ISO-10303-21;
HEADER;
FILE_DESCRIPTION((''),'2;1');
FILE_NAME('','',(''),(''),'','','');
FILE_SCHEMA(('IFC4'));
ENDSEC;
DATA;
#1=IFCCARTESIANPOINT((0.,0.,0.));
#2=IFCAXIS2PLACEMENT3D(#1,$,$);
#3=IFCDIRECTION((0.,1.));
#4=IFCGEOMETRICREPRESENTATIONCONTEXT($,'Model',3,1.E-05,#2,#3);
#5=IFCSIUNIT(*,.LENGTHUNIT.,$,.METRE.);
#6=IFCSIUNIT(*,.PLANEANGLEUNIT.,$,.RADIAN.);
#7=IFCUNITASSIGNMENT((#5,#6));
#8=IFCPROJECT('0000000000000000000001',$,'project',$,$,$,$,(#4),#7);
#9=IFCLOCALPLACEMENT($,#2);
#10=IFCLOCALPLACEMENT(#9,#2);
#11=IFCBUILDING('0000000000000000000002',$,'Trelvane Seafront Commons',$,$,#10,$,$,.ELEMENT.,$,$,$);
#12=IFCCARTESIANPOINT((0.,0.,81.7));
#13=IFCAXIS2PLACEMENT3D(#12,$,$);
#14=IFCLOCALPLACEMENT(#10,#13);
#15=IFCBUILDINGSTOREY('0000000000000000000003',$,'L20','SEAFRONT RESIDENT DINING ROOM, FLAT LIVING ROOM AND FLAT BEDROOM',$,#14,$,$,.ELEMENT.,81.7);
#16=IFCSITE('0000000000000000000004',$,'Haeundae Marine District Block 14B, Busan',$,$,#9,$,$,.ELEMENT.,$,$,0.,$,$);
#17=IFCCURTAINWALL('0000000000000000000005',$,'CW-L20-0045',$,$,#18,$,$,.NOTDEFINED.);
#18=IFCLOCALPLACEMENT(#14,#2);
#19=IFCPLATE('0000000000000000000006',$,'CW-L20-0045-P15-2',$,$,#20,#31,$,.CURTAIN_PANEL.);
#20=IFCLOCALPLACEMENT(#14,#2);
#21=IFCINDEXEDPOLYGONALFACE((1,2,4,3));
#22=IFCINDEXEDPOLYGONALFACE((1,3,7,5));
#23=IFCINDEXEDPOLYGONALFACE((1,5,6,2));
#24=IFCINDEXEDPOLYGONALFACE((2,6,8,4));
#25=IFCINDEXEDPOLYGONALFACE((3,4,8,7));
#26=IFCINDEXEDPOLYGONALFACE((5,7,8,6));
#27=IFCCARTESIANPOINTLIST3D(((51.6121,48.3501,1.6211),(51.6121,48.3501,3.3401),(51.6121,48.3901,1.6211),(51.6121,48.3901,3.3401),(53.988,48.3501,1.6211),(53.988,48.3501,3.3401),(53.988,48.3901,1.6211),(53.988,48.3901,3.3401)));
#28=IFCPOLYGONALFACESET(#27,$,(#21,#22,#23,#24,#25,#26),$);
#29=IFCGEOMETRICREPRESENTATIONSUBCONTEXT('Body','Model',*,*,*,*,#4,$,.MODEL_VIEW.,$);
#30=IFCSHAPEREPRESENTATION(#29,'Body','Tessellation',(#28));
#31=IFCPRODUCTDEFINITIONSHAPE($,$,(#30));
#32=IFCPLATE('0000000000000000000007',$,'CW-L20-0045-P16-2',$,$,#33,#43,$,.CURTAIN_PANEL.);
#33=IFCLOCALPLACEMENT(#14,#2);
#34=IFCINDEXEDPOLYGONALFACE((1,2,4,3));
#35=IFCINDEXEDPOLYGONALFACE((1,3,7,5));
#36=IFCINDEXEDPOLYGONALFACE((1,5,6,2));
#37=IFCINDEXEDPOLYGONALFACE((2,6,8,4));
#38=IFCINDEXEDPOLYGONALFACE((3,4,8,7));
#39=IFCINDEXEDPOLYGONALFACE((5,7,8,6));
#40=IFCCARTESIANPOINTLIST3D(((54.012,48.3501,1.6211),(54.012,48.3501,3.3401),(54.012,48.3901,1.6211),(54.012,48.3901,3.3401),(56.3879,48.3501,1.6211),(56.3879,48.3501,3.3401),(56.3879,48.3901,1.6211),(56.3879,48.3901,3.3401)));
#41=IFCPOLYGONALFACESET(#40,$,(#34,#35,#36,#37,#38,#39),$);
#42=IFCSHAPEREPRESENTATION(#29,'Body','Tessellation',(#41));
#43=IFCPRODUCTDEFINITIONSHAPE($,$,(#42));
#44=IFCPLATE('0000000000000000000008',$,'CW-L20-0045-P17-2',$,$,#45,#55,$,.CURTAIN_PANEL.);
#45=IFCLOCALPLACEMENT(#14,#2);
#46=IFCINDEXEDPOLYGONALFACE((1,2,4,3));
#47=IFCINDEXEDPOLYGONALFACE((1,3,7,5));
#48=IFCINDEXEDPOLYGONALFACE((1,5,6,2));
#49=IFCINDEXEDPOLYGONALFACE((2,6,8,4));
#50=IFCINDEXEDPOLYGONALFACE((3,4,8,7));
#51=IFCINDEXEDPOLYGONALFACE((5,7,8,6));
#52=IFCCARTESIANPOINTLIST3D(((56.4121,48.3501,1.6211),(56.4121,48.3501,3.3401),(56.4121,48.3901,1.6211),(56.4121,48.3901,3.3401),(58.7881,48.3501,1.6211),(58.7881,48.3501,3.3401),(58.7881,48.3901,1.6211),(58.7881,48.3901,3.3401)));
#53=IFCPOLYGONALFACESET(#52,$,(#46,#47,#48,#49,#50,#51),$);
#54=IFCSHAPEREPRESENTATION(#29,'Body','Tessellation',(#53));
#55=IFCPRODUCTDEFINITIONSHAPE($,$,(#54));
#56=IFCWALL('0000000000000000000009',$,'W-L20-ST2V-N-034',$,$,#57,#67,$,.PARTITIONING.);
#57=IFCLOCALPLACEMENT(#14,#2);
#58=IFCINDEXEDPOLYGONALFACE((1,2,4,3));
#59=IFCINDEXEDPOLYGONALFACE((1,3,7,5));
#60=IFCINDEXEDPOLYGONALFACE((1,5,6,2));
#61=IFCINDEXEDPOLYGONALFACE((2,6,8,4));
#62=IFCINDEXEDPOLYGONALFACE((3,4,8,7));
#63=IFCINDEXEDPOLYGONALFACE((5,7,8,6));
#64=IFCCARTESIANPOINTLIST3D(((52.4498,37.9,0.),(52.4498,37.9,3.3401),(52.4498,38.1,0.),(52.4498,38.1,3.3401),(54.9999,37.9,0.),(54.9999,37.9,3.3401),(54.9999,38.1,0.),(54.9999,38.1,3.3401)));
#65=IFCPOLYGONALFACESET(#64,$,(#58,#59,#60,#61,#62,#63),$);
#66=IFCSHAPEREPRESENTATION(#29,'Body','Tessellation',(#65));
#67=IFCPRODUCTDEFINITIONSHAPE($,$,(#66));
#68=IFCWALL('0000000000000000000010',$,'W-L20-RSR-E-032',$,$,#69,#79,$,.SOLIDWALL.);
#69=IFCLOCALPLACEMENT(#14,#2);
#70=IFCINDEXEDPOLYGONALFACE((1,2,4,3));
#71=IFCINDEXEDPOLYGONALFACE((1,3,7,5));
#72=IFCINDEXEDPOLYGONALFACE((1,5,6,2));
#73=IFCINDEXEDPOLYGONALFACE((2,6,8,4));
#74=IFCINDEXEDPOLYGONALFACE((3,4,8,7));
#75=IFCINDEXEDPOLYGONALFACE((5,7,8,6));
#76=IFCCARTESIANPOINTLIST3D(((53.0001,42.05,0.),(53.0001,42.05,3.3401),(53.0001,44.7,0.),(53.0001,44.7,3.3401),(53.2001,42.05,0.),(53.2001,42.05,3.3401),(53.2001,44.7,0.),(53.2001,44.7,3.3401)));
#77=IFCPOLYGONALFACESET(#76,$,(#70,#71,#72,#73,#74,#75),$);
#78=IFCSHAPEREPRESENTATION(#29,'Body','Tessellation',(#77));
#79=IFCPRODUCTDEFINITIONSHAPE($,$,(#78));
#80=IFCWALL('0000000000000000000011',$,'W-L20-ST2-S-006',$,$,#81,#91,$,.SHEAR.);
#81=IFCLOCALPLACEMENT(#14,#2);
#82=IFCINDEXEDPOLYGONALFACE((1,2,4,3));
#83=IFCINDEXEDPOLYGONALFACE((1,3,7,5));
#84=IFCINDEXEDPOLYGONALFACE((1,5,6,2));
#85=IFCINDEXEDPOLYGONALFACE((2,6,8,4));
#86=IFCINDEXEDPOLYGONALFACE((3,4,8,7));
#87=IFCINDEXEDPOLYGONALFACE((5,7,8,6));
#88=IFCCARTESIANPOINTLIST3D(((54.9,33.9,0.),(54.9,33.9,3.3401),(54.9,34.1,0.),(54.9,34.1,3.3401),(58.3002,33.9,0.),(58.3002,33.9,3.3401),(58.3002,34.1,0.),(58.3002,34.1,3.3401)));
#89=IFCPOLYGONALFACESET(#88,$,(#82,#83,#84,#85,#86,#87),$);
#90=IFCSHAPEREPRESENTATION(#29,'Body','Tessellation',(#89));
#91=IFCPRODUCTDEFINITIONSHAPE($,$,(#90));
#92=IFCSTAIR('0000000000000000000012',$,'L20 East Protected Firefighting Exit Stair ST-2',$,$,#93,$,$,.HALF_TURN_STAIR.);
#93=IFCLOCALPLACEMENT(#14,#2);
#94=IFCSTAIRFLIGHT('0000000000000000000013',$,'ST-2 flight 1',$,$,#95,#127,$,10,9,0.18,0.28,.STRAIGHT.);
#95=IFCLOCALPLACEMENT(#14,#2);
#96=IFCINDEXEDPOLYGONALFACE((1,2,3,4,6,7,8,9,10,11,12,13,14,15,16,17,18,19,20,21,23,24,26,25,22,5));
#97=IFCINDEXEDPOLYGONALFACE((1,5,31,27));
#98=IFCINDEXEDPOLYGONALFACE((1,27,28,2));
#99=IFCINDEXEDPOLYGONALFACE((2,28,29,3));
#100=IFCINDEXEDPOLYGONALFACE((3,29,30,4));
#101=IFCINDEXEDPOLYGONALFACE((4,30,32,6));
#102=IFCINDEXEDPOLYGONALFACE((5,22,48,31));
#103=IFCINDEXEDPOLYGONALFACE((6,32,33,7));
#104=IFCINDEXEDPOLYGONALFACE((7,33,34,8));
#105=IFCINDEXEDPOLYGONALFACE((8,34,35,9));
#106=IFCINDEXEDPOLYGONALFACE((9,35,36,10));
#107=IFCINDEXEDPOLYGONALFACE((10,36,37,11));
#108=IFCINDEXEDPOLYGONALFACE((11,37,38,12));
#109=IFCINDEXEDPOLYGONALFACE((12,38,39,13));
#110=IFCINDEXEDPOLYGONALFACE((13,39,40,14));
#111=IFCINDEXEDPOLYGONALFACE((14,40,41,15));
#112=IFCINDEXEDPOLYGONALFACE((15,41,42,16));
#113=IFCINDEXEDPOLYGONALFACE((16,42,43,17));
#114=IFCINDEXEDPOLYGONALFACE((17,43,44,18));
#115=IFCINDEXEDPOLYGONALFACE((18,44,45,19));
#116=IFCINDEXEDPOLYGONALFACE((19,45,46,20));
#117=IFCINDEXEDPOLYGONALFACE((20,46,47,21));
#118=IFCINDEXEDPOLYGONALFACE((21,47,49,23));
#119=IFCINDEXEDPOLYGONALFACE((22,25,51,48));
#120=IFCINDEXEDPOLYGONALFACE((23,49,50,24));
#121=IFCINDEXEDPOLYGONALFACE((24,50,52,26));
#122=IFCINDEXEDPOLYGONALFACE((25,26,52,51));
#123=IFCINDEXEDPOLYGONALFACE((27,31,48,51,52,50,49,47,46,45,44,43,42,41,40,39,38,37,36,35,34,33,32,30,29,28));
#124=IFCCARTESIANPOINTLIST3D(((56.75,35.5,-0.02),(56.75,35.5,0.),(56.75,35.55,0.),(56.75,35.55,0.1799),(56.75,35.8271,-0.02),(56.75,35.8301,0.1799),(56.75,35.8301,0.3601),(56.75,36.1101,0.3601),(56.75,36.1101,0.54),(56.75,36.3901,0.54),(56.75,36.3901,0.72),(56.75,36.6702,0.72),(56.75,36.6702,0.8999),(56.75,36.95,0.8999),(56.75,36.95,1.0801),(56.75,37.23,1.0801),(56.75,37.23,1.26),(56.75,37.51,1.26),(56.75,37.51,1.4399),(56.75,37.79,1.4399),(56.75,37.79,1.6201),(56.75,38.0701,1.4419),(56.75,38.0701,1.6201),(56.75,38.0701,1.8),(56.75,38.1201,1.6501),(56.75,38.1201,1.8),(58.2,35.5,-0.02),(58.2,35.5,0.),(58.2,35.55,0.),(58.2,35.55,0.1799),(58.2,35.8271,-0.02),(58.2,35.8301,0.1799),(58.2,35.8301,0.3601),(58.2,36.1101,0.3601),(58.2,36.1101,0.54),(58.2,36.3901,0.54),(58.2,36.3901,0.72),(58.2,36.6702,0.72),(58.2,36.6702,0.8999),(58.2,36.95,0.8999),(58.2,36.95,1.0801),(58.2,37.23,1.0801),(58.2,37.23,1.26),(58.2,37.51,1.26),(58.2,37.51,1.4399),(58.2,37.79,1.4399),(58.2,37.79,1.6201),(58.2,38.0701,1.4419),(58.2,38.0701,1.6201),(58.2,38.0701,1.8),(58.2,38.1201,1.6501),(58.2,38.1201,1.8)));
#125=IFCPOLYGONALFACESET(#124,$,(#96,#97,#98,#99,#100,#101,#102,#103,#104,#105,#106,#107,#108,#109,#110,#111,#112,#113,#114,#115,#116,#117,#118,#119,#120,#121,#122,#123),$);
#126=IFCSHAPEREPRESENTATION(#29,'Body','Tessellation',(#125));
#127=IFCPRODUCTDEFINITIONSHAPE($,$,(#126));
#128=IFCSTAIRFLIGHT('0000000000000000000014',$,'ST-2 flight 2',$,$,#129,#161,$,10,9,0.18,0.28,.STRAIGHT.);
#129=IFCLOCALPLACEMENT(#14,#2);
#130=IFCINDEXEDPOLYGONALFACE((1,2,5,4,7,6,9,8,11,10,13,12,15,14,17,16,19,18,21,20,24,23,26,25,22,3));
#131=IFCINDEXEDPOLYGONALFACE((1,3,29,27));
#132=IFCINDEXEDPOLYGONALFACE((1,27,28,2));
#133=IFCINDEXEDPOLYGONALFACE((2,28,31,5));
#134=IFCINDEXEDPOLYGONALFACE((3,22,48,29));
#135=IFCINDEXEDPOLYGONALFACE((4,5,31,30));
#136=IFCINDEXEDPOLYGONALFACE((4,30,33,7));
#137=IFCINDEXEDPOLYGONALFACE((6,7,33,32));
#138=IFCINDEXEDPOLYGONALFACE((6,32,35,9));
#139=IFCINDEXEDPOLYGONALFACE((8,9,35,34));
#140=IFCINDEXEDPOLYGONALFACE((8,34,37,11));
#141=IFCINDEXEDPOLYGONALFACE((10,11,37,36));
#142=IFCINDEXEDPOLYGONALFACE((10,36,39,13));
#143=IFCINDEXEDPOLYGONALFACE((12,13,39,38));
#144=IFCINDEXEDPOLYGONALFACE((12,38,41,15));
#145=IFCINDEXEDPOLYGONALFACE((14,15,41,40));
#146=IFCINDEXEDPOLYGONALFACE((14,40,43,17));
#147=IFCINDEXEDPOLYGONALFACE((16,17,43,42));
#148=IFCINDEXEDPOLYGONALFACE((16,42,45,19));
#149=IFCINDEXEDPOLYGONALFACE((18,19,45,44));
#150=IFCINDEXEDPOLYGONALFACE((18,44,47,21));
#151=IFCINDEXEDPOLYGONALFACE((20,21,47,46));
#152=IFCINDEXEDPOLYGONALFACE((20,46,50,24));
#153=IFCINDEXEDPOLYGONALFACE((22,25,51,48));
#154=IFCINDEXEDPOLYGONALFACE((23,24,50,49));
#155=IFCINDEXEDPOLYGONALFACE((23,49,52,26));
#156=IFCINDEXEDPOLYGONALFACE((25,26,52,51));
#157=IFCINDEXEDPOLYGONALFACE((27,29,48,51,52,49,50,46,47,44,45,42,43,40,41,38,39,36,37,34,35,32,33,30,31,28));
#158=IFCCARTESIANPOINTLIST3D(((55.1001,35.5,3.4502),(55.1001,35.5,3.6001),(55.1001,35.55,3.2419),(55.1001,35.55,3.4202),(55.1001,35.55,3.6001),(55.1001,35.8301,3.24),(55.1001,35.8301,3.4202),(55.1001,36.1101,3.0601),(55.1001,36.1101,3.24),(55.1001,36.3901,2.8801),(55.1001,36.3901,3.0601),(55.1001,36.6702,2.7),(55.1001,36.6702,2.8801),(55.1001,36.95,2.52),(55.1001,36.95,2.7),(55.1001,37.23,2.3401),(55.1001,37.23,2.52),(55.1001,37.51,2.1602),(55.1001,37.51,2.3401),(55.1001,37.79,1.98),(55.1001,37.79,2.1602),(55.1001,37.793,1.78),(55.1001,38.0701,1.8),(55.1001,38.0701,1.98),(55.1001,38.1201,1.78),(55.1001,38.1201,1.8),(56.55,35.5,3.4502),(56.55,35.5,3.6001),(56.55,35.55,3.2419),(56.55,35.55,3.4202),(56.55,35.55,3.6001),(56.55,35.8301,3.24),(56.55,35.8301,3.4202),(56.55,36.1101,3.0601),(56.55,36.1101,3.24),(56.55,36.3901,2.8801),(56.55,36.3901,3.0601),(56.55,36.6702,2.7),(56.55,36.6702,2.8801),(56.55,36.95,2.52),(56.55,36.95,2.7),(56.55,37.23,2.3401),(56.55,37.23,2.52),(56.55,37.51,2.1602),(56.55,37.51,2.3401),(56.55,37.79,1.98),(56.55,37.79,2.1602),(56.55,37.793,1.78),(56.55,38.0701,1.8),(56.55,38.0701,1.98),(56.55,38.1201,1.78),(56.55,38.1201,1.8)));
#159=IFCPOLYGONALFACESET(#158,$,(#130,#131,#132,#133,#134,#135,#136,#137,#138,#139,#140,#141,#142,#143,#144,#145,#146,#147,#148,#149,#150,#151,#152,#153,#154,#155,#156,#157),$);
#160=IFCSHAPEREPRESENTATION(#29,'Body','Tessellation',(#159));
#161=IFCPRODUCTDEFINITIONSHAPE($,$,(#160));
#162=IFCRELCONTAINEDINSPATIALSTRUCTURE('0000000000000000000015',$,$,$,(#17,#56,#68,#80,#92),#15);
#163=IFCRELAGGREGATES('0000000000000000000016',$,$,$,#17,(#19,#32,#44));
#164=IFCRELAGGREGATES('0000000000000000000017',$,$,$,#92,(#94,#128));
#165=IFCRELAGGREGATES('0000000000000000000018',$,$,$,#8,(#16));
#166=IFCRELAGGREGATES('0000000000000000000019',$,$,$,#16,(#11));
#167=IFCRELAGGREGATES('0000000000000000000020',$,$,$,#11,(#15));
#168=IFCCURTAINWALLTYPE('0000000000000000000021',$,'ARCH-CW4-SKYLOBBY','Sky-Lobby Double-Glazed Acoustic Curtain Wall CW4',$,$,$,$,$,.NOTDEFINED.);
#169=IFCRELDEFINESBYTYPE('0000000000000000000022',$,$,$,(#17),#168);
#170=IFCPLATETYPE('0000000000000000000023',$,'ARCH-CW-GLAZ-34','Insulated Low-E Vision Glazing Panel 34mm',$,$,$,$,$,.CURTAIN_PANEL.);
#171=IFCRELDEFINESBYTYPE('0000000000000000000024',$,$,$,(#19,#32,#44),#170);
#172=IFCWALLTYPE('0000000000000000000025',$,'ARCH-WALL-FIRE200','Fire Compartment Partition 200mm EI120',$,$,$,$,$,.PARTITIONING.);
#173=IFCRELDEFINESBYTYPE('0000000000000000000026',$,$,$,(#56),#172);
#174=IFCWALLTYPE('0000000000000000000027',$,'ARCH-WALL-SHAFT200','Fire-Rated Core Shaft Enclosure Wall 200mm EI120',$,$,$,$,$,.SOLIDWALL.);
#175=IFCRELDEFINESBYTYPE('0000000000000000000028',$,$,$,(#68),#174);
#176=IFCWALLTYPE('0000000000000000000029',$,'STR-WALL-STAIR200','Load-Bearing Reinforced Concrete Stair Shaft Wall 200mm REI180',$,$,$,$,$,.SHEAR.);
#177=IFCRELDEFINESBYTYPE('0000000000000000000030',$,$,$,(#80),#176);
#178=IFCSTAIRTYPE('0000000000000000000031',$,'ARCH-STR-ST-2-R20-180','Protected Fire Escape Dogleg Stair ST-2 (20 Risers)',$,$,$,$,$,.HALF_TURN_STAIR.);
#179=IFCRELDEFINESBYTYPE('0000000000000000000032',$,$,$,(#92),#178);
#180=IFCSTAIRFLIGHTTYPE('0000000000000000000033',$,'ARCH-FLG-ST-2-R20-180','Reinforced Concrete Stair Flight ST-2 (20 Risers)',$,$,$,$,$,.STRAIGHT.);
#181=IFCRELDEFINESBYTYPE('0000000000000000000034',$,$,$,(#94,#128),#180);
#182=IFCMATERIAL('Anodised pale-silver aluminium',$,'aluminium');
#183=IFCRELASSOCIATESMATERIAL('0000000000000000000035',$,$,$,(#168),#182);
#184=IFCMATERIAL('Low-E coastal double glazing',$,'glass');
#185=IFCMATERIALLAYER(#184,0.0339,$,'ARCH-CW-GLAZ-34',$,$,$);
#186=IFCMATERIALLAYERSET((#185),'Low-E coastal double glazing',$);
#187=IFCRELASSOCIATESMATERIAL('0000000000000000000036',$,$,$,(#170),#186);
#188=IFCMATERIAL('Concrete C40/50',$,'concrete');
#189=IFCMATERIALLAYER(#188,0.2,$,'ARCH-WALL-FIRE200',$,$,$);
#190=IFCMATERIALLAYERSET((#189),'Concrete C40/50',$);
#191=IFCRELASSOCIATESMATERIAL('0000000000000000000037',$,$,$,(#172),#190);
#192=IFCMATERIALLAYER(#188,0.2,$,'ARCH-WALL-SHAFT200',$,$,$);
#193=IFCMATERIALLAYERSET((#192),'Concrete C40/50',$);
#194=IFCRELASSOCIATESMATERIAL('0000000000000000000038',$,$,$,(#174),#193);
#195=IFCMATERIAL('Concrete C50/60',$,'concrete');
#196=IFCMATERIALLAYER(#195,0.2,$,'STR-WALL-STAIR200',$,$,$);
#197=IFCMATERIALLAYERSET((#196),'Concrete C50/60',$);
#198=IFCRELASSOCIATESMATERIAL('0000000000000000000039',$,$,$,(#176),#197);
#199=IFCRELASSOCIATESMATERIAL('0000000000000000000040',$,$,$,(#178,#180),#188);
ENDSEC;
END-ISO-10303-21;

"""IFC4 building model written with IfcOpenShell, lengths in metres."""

from ifc_helpers import new_model, si_unit, direction, frame, frame_2d, origin, origin_2d, place, context, subcontext, project, spatial, polyline, rectangle, outline, extrude, source, transform, mapped, material, layer, layer_set, type_object, element, aggregate, save


model = new_model("IFC4")

# Units and contexts
model_context = context("Model", 3, precision=1e-05, world=origin(), true_north=direction((0.0, 1.0)))
body_context = subcontext(model_context, "Body", "Model", "MODEL_VIEW")
ifc_project = project(units=[si_unit("LENGTHUNIT", "METRE"), si_unit("PLANEANGLEUNIT", "RADIAN")], contexts=[model_context])

# Site, building, storey
site_placement = place(None, origin())
site = spatial("IfcSite", under=ifc_project, at=site_placement, Name="Haeundae Marine District Block 14B, Busan", CompositionType="ELEMENT", RefElevation=0.0)
building_placement = place(site_placement, origin())
building = spatial("IfcBuilding", under=site, at=building_placement, Name="Trelvane Seafront Commons", CompositionType="ELEMENT")
storey_placement = place(building_placement, frame((0.0, 0.0, 81.7)))
storey = spatial("IfcBuildingStorey", under=building, at=storey_placement, Name="L20", Description="SEAFRONT RESIDENT DINING ROOM, FLAT LIVING ROOM AND FLAT BEDROOM", CompositionType="ELEMENT", Elevation=81.7)

# Curtain wall
ifc_material_1 = material(Name="Anodised pale-silver aluminium", Category="aluminium")
curtain_wall_type = type_object("IfcCurtainWallType", Name="ARCH-CW4-SKYLOBBY", Description="Sky-Lobby Double-Glazed Acoustic Curtain Wall CW4", PredefinedType="NOTDEFINED", material=ifc_material_1)
curtain_wall_placement = place(storey_placement, origin())
curtain_wall = element("IfcCurtainWall", 1, at=curtain_wall_placement, inside=storey, type_object=curtain_wall_type, Name="CW-L20-0045", PredefinedType="NOTDEFINED")

# Plates
ifc_material_2 = material(Name="Low-E coastal double glazing", Category="glass")
ifc_layer_1 = layer(ifc_material_2, 0.0339, Name="ARCH-CW-GLAZ-34")
ifc_layer_set_1 = layer_set([ifc_layer_1], Name="Low-E coastal double glazing")
plate_type_1 = type_object("IfcPlateType", Name="ARCH-CW-GLAZ-34", Description="Insulated Low-E Vision Glazing Panel 34mm", PredefinedType="CURTAIN_PANEL", material=ifc_layer_set_1)
shared_shape_1 = source(origin(), body_context, "Body", "SweptSolid", [
    extrude(rectangle(XDim=2.376, YDim=0.04, at=origin_2d()), origin(), (0.0, 0.0, 1.0), 1.719),
])
plate_1_placement = place(storey_placement, frame((52.8, 48.3701, 1.6211), z_axis=(0.0, 0.0, 1.0), x_axis=(1.0, 0.0, 0.0)))
plate_1 = element("IfcPlate", 2, at=plate_1_placement, type_object=plate_type_1, Name="CW-L20-0045-P15-2", PredefinedType="CURTAIN_PANEL", context=body_context, shape_type="MappedRepresentation", body=[
    mapped(shared_shape_1, transform((0.0, 0.0, 0.0), x_axis=(1.0, 0.0, 0.0), y_axis=(0.0, 1.0, 0.0), z_axis=(0.0, 0.0, 1.0), scale=1.0)),
])
plate_2_placement = place(storey_placement, frame((55.2, 48.3701, 1.6211), z_axis=(0.0, 0.0, 1.0), x_axis=(1.0, 0.0, 0.0)))
plate_2 = element("IfcPlate", 3, at=plate_2_placement, type_object=plate_type_1, Name="CW-L20-0045-P16-2", PredefinedType="CURTAIN_PANEL", context=body_context, shape_type="MappedRepresentation", body=[
    mapped(shared_shape_1, transform((0.0, 0.0, 0.0), x_axis=(1.0, 0.0, 0.0), y_axis=(0.0, 1.0, 0.0), z_axis=(0.0, 0.0, 1.0), scale=1.0)),
])
plate_3_placement = place(storey_placement, frame((57.6001, 48.3701, 1.6211), z_axis=(0.0, 0.0, 1.0), x_axis=(1.0, 0.0, 0.0)))
plate_3 = element("IfcPlate", 4, at=plate_3_placement, type_object=plate_type_1, Name="CW-L20-0045-P17-2", PredefinedType="CURTAIN_PANEL", context=body_context, shape_type="MappedRepresentation", body=[
    mapped(shared_shape_1, transform((0.0, 0.0, 0.0), x_axis=(1.0, 0.0, 0.0), y_axis=(0.0, 1.0, 0.0), z_axis=(0.0, 0.0, 1.0), scale=1.0)),
])
aggregate(curtain_wall, [plate_1, plate_2, plate_3])

# Walls
ifc_material_3 = material(Name="Concrete C40/50", Category="concrete")
ifc_layer_2 = layer(ifc_material_3, 0.2, Name="ARCH-WALL-FIRE200")
ifc_layer_set_2 = layer_set([ifc_layer_2], Name="Concrete C40/50")
wall_type_1 = type_object("IfcWallType", Name="ARCH-WALL-FIRE200", Description="Fire Compartment Partition 200mm EI120", PredefinedType="PARTITIONING", material=ifc_layer_set_2)
wall_1_placement = place(storey_placement, frame((52.45, 38.0, 0.0), z_axis=(0.0, 0.0, 1.0), x_axis=(1.0, 0.0, 0.0)))
element("IfcWall", 5, at=wall_1_placement, inside=storey, type_object=wall_type_1, Name="W-L20-ST2V-N-034", PredefinedType="PARTITIONING", context=body_context, shape_type="SweptSolid", body=[
    extrude(rectangle(XDim=2.55, YDim=0.2, at=frame_2d((1.2749, 0.0))), origin(), (0.0, 0.0, 1.0), 3.3401),
])
ifc_layer_3 = layer(ifc_material_3, 0.2, Name="ARCH-WALL-SHAFT200")
ifc_layer_set_3 = layer_set([ifc_layer_3], Name="Concrete C40/50")
wall_type_2 = type_object("IfcWallType", Name="ARCH-WALL-SHAFT200", Description="Fire-Rated Core Shaft Enclosure Wall 200mm EI120", PredefinedType="SOLIDWALL", material=ifc_layer_set_3)
wall_2_placement = place(storey_placement, frame((53.1001, 42.05, 0.0), z_axis=(0.0, 0.0, 1.0), x_axis=(0.0, 1.0, 0.0)))
element("IfcWall", 6, at=wall_2_placement, inside=storey, type_object=wall_type_2, Name="W-L20-RSR-E-032", PredefinedType="SOLIDWALL", context=body_context, shape_type="SweptSolid", body=[
    extrude(rectangle(XDim=2.6499, YDim=0.2, at=frame_2d((1.325, 0.0))), origin(), (0.0, 0.0, 1.0), 3.3401),
])
ifc_material_4 = material(Name="Concrete C50/60", Category="concrete")
ifc_layer_4 = layer(ifc_material_4, 0.2, Name="STR-WALL-STAIR200")
ifc_layer_set_4 = layer_set([ifc_layer_4], Name="Concrete C50/60")
wall_type_3 = type_object("IfcWallType", Name="STR-WALL-STAIR200", Description="Load-Bearing Reinforced Concrete Stair Shaft Wall 200mm REI180", PredefinedType="SHEAR", material=ifc_layer_set_4)
wall_3_placement = place(storey_placement, frame((54.8999, 34.0, 0.0), z_axis=(0.0, 0.0, 1.0), x_axis=(1.0, 0.0, 0.0)))
element("IfcWall", 7, at=wall_3_placement, inside=storey, type_object=wall_type_3, Name="W-L20-ST2-S-006", PredefinedType="SHEAR", context=body_context, shape_type="SweptSolid", body=[
    extrude(rectangle(XDim=3.4001, YDim=0.2, at=frame_2d((1.7002, 0.0))), origin(), (0.0, 0.0, 1.0), 3.3401),
])

# Stair, stair flights
stair_type = type_object("IfcStairType", Name="ARCH-STR-ST-2-R20-180", Description="Protected Fire Escape Dogleg Stair ST-2 (20 Risers)", PredefinedType="HALF_TURN_STAIR", material=ifc_material_3)
stair_placement = place(storey_placement, origin())
stair = element("IfcStair", 8, at=stair_placement, inside=storey, type_object=stair_type, Name="L20 East Protected Firefighting Exit Stair ST-2", PredefinedType="HALF_TURN_STAIR")
stair_flight_type = type_object("IfcStairFlightType", Name="ARCH-FLG-ST-2-R20-180", Description="Reinforced Concrete Stair Flight ST-2 (20 Risers)", PredefinedType="STRAIGHT", material=ifc_material_3)
shared_shape_2 = source(origin(), body_context, "Body", "SweptSolid", [
    extrude(outline(polyline([(-0.05, -0.02), (-0.05, 0.0), (0.0, 0.0), (0.0, 0.1799), (0.28, 0.1799), (0.28, 0.3601), (0.5601, 0.3601), (0.5601, 0.54), (0.8401, 0.54), (0.8401, 0.72), (1.1201, 0.72), (1.1201, 0.8999), (1.3999, 0.8999), (1.3999, 1.0801), (1.6799, 1.0801), (1.6799, 1.26), (1.96, 1.26), (1.96, 1.4399), (2.24, 1.4399), (2.24, 1.6201), (2.52, 1.6201), (2.52, 1.8), (2.5701, 1.8), (2.5701, 1.6501), (2.52, 1.4419), (0.2771, -0.02), (-0.05, -0.02)])), frame((0.0, 0.7251, 0.0), z_axis=(0.0, -1.0, 0.0), x_axis=(1.0, 0.0, 0.0)), (0.0, 0.0, 1.0), 1.45),
])
stair_flight_1_placement = place(storey_placement, frame((57.4751, 35.55, 0.0), z_axis=(0.0, 0.0, 1.0), x_axis=(0.0, 1.0, 0.0)))
stair_flight_1 = element("IfcStairFlight", 9, at=stair_flight_1_placement, type_object=stair_flight_type, Name="ST-2 flight 1", NumberOfRisers=10, NumberOfTreads=9, PredefinedType="STRAIGHT", RiserHeight=0.18, TreadLength=0.28, context=body_context, shape_type="MappedRepresentation", body=[
    mapped(shared_shape_2, transform((0.0, 0.0, 0.0), x_axis=(1.0, 0.0, 0.0), y_axis=(0.0, 1.0, 0.0), z_axis=(0.0, 0.0, 1.0), scale=1.0)),
])
stair_flight_2_placement = place(storey_placement, frame((55.825, 38.0701, 1.8), z_axis=(0.0, 0.0, 1.0), x_axis=(0.0, -1.0, 0.0)))
stair_flight_2 = element("IfcStairFlight", 10, at=stair_flight_2_placement, type_object=stair_flight_type, Name="ST-2 flight 2", NumberOfRisers=10, NumberOfTreads=9, PredefinedType="STRAIGHT", RiserHeight=0.18, TreadLength=0.28, context=body_context, shape_type="MappedRepresentation", body=[
    mapped(shared_shape_2, transform((0.0, 0.0, 0.0), x_axis=(1.0, 0.0, 0.0), y_axis=(0.0, 1.0, 0.0), z_axis=(0.0, 0.0, 1.0), scale=1.0)),
])
aggregate(stair, [stair_flight_1, stair_flight_2])

save(model, "model.ifc")
